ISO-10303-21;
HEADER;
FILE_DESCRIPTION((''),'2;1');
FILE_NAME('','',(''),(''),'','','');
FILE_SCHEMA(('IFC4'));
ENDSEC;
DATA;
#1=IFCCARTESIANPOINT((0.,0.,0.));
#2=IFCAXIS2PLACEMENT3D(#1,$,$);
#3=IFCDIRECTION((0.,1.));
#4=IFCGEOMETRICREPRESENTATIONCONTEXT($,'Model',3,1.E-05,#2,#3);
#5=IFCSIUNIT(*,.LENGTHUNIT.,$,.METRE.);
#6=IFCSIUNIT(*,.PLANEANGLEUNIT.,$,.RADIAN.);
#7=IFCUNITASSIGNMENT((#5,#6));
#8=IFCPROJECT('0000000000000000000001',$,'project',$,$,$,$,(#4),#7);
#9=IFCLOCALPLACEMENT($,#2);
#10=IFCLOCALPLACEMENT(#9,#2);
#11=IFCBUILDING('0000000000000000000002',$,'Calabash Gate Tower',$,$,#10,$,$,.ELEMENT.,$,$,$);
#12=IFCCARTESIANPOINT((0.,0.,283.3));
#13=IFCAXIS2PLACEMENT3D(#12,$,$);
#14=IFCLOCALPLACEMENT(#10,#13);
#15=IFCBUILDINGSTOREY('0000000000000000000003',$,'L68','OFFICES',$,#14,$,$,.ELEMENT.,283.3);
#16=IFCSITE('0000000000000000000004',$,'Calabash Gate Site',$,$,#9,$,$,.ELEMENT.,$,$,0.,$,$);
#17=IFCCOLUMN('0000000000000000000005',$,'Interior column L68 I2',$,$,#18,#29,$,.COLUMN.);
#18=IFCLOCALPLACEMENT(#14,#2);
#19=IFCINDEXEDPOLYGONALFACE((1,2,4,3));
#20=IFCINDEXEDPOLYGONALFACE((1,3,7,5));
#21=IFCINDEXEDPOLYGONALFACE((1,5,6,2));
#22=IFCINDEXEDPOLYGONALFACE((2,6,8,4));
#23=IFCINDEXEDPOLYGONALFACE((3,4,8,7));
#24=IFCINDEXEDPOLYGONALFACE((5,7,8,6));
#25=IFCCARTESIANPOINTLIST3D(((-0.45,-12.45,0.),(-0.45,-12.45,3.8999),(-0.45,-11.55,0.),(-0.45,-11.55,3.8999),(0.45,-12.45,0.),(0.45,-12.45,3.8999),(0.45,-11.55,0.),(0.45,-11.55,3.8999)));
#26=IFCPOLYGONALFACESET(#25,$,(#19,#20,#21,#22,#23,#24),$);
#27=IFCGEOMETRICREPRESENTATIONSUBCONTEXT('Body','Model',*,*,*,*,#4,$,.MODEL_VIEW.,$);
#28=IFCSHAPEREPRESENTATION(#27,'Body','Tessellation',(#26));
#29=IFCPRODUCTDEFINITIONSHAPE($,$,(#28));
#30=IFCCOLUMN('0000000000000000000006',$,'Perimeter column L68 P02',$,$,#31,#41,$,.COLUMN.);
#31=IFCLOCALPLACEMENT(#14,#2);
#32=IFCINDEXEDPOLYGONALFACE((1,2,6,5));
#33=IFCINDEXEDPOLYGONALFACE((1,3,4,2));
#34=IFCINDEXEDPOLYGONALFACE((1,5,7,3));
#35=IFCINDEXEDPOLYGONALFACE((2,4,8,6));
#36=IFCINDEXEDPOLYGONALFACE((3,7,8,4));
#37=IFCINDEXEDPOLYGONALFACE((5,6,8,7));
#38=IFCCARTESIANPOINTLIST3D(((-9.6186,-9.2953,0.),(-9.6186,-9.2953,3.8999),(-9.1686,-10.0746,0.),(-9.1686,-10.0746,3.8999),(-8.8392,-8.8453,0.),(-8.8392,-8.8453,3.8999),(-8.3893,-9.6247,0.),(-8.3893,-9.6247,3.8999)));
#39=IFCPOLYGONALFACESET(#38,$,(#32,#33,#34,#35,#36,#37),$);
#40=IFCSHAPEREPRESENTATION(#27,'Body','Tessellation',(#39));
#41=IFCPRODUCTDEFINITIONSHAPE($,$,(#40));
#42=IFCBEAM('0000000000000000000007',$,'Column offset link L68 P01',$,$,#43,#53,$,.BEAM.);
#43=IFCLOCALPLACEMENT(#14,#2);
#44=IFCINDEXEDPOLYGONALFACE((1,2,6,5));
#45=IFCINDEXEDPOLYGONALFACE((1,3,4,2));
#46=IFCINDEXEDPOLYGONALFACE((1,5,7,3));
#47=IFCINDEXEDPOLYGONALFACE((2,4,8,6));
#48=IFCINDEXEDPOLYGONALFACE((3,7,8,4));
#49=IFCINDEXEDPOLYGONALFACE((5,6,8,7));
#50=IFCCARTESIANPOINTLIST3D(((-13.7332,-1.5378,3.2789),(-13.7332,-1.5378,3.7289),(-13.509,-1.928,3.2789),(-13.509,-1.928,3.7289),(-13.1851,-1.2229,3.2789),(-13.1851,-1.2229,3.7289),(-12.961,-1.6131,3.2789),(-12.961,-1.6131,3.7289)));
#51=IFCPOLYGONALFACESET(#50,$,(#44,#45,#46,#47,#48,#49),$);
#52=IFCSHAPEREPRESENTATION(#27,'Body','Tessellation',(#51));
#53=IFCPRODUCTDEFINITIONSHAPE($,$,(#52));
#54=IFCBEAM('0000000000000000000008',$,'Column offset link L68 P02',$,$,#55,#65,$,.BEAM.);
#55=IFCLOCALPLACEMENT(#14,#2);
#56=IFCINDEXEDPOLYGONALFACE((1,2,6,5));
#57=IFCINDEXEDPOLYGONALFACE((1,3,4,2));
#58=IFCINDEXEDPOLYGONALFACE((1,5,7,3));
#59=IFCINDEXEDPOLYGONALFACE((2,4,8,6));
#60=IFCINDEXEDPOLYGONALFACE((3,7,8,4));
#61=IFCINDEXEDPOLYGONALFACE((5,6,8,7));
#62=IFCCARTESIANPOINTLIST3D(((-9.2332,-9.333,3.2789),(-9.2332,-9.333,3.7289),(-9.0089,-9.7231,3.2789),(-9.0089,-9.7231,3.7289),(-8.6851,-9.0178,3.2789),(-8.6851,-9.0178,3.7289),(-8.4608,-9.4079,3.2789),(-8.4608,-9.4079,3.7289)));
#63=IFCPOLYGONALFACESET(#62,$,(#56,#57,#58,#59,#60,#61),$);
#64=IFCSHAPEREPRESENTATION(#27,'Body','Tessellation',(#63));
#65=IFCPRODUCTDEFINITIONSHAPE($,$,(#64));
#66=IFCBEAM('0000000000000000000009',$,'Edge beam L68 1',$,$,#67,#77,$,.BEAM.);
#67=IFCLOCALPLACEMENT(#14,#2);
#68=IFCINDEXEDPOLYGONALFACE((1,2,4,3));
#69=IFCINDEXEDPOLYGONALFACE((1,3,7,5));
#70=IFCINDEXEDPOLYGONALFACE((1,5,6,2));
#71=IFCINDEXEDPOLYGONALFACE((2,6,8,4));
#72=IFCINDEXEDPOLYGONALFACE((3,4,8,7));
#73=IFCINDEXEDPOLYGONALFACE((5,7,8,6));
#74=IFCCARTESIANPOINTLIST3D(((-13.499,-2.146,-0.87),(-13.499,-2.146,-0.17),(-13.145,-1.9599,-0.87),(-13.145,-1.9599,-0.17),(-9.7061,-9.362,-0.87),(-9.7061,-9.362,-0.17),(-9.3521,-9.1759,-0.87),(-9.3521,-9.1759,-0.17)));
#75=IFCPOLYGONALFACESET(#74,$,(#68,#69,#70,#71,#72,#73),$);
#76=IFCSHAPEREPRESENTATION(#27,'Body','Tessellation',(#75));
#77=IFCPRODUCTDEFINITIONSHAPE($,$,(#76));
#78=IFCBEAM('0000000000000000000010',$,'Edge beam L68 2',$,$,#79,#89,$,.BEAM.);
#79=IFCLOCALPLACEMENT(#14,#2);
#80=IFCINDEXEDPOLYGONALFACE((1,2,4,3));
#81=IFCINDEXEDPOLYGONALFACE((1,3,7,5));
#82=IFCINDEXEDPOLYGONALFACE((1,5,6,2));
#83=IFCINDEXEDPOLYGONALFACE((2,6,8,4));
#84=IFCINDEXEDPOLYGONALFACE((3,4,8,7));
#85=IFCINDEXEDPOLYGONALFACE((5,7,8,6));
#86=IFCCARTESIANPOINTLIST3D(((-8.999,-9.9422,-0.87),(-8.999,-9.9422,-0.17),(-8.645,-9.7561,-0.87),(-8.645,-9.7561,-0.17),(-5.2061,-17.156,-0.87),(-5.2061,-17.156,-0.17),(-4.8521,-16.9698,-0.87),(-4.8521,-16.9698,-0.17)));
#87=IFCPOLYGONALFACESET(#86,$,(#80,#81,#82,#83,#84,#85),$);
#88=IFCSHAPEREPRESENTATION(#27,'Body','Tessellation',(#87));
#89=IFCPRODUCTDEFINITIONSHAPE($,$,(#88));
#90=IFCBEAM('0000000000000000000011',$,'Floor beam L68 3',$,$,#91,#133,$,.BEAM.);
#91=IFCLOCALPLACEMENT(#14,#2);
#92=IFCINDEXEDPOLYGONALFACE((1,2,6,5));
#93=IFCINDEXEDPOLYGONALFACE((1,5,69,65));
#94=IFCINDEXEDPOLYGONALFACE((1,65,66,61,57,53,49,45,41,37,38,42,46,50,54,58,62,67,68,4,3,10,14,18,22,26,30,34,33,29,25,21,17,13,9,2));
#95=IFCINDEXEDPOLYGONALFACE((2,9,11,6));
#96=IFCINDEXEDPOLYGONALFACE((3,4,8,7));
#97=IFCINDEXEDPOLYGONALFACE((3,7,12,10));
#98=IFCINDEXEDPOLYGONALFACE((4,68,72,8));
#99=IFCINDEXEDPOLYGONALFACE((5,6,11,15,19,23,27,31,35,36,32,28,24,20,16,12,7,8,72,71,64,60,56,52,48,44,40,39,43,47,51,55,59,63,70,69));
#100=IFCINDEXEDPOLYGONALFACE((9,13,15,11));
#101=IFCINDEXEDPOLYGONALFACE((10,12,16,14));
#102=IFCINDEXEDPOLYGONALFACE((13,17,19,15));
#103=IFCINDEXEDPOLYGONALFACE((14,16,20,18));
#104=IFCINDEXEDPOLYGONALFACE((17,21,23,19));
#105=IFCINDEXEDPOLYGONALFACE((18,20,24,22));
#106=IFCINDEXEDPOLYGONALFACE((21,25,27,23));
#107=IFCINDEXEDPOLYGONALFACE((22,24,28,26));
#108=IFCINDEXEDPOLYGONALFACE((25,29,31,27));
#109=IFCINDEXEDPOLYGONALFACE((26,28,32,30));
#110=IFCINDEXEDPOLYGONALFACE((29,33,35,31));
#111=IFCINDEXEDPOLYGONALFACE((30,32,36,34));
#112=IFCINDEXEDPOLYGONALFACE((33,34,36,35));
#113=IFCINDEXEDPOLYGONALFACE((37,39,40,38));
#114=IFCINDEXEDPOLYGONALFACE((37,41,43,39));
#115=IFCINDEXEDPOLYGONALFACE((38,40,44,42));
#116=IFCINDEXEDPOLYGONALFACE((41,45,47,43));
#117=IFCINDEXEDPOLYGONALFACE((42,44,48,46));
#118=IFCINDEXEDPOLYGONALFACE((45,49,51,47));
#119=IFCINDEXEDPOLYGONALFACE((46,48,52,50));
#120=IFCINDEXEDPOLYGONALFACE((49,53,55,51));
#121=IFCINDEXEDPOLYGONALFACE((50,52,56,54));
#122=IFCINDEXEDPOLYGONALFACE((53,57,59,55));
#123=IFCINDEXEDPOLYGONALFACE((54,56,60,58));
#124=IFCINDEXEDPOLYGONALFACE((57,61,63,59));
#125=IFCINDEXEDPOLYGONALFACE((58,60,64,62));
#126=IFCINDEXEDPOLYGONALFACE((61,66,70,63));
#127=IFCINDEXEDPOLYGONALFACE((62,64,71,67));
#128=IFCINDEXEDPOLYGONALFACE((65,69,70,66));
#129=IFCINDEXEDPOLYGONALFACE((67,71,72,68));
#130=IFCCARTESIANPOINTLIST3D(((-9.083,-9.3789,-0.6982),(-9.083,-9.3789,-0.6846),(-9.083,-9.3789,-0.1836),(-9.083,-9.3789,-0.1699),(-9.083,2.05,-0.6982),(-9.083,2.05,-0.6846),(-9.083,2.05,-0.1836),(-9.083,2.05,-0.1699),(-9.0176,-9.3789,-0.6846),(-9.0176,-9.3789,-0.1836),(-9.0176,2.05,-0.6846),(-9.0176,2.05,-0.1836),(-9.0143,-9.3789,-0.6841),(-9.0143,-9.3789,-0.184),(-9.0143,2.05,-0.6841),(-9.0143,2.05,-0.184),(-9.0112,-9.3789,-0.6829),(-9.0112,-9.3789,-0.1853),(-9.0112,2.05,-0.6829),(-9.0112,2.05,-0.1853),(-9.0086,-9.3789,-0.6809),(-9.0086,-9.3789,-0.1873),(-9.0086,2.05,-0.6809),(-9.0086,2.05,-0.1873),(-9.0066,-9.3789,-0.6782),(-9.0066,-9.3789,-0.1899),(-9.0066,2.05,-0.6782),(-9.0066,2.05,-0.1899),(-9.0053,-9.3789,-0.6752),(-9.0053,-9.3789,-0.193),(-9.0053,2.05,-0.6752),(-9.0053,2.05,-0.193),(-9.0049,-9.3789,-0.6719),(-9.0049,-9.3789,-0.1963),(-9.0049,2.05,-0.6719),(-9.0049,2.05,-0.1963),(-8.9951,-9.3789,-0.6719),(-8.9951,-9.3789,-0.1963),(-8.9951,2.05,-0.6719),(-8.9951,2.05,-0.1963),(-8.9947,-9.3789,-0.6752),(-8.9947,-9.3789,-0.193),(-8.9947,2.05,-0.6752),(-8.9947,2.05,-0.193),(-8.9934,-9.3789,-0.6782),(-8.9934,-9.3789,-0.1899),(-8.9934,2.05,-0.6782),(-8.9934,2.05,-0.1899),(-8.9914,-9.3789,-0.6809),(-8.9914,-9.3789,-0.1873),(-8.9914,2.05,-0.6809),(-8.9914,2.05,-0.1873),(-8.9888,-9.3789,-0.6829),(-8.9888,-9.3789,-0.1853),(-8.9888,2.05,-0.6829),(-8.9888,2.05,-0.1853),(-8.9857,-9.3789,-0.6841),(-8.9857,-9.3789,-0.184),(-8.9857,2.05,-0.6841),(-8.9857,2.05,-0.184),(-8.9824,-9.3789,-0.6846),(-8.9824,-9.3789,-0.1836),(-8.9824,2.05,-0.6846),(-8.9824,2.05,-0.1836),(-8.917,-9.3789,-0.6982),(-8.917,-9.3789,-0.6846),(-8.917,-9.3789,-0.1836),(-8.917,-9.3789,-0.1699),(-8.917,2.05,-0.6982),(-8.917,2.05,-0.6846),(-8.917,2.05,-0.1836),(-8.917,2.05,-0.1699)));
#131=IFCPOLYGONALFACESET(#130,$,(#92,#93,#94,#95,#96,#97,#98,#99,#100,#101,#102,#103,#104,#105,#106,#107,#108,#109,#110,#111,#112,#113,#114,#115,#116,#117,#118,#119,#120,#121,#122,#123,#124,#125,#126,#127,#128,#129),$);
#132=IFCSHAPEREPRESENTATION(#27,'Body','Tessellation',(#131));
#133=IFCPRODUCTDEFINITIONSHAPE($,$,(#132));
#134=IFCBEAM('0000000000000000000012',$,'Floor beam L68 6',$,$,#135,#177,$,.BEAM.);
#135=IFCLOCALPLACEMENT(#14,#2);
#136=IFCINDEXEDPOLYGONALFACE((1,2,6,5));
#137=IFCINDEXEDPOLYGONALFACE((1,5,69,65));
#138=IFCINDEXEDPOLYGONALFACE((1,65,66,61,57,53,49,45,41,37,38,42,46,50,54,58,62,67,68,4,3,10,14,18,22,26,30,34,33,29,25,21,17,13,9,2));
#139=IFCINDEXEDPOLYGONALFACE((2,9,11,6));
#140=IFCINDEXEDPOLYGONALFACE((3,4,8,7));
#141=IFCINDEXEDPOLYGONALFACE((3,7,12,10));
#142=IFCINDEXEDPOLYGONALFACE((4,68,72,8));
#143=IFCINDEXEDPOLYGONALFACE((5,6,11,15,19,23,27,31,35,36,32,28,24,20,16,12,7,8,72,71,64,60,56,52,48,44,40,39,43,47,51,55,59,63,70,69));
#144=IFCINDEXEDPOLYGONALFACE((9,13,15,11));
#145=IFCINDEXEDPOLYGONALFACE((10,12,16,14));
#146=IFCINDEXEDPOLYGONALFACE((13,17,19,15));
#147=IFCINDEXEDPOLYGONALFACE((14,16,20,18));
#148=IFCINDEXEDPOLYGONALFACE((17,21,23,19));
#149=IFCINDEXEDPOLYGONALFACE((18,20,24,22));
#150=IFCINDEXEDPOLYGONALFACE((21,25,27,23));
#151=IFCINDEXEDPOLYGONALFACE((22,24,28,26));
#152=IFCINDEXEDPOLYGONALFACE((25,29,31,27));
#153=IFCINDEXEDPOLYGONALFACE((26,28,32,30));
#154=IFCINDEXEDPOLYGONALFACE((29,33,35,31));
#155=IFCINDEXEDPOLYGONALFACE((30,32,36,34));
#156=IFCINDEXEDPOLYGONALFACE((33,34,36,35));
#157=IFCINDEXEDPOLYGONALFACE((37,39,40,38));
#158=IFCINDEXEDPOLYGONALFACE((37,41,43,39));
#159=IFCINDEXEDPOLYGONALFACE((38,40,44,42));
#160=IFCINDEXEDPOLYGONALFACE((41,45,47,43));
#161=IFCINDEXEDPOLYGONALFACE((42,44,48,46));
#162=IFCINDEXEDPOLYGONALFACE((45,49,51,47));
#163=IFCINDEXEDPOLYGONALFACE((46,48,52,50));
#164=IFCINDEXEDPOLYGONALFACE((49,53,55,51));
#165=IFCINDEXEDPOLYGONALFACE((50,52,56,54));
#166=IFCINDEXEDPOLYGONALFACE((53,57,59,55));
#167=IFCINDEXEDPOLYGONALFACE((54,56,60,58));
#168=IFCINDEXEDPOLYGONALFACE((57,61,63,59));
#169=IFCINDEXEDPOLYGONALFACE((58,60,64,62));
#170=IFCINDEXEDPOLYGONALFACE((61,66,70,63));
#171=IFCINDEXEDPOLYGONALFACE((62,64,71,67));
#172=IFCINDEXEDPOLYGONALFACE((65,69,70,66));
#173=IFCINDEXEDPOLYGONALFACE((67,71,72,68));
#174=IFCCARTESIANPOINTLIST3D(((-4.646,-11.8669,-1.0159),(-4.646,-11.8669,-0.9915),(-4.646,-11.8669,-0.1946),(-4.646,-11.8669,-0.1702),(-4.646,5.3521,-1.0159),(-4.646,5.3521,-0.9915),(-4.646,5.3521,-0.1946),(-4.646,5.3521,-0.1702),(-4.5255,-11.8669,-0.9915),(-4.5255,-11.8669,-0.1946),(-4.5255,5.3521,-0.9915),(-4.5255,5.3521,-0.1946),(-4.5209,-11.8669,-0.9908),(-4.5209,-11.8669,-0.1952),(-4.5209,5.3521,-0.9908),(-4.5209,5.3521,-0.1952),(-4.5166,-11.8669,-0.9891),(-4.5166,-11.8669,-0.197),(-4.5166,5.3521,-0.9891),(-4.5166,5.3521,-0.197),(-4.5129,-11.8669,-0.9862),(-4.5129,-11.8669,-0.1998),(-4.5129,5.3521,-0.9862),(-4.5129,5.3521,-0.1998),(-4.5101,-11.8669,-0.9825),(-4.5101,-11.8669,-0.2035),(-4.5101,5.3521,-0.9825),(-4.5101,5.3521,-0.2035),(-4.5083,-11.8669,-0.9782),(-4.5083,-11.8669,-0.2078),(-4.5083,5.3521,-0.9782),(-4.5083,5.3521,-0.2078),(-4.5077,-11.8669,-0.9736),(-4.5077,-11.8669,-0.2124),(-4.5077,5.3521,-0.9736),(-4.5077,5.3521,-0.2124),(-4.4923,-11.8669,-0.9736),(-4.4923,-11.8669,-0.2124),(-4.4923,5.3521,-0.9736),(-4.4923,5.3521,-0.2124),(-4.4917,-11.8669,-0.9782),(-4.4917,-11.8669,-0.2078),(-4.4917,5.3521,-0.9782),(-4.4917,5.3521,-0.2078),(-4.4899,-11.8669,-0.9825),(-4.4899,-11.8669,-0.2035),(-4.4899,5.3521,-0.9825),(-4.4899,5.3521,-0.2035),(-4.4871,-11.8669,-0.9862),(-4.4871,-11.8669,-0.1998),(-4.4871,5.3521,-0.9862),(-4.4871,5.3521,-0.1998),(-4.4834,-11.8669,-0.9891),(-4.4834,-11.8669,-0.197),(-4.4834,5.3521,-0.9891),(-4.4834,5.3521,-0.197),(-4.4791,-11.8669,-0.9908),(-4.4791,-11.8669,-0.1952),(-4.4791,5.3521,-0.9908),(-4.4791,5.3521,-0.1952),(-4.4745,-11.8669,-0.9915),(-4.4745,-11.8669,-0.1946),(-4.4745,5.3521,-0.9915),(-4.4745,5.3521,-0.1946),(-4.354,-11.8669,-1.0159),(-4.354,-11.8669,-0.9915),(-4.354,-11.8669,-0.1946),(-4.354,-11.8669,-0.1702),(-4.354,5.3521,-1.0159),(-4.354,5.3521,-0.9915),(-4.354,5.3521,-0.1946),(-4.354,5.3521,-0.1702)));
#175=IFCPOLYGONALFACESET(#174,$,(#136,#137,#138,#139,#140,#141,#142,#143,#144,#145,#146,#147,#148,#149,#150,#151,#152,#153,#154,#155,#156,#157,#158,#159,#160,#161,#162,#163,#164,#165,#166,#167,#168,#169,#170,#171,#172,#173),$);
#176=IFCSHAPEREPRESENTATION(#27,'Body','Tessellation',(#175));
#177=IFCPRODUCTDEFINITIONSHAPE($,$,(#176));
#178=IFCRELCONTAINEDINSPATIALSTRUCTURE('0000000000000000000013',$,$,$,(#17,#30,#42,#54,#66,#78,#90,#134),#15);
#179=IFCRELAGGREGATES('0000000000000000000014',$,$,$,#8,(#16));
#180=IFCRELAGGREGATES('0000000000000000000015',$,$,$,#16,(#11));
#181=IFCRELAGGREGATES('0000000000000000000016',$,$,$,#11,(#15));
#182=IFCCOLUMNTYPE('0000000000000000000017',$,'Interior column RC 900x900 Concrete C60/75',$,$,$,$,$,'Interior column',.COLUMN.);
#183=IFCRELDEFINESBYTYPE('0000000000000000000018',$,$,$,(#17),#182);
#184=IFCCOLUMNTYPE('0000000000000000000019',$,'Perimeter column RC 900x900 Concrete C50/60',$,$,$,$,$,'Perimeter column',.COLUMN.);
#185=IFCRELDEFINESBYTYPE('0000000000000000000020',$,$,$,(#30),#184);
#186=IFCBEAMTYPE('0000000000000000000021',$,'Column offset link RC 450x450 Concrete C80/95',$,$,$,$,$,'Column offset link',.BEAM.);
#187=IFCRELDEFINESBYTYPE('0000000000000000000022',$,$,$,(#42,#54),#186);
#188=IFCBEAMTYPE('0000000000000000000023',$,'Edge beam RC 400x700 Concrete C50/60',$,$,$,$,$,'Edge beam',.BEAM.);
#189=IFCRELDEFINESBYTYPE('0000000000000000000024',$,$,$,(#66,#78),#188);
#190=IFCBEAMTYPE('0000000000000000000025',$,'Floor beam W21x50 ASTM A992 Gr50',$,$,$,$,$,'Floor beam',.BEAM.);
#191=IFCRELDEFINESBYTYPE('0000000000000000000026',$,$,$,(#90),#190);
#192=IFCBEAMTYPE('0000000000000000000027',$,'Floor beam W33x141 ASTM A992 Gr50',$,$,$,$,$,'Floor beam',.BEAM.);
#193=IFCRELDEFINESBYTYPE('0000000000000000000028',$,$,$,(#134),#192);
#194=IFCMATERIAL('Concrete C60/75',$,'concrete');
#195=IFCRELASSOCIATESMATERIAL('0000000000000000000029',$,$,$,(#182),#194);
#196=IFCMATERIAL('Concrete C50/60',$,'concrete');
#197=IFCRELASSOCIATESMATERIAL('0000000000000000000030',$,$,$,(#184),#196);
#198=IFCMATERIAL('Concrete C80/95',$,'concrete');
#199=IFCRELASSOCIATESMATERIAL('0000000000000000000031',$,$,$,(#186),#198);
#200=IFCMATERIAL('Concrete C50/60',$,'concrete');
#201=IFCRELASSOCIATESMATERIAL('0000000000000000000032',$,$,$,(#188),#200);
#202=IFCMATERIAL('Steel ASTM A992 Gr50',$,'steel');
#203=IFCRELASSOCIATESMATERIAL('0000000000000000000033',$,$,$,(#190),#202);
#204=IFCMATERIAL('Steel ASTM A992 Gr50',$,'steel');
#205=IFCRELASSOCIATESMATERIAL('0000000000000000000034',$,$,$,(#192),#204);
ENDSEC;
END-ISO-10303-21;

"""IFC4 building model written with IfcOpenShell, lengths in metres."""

from ifc_helpers import new_model, si_unit, direction, frame, origin, origin_2d, place, context, subcontext, project, spatial, rectangle, i_section, extrude, material, material_profile, profile_set, type_object, element, save


model = new_model("IFC4")

# Units and contexts
model_context = context("Model", 3, precision=1e-05, world=origin(), true_north=direction((0.0, 1.0)))
body_context = subcontext(model_context, "Body", "Model", "MODEL_VIEW")
ifc_project = project(units=[si_unit("LENGTHUNIT", "METRE"), si_unit("PLANEANGLEUNIT", "RADIAN")], contexts=[model_context])

# Site, building, storey
site_placement = place(None, origin())
site = spatial("IfcSite", under=ifc_project, at=site_placement, Name="Calabash Gate Site", CompositionType="ELEMENT", RefElevation=0.0)
building_placement = place(site_placement, origin())
building = spatial("IfcBuilding", under=site, at=building_placement, Name="Calabash Gate Tower", CompositionType="ELEMENT")
storey_placement = place(building_placement, frame((0.0, 0.0, 283.3)))
storey = spatial("IfcBuildingStorey", under=building, at=storey_placement, Name="L68", Description="OFFICES", CompositionType="ELEMENT", Elevation=283.3)

# Columns
ifc_material_1 = material(Name="Concrete C60/75", Category="concrete")
ifc_material_profile_1 = material_profile(ifc_material_1, rectangle(XDim=0.8999, YDim=0.8999, at=origin_2d()))
ifc_profile_set_1 = profile_set([ifc_material_profile_1], Name="Concrete C60/75")
column_type_1 = type_object("IfcColumnType", Name="Interior column RC 900x900 Concrete C60/75", ElementType="Interior column", PredefinedType="COLUMN", material=ifc_profile_set_1)
column_1_placement = place(storey_placement, frame((0.0, -12.0, 0.0), z_axis=(0.0, 0.0, 1.0), x_axis=(1.0, 0.0, 0.0)))
element("IfcColumn", 1, at=column_1_placement, inside=storey, type_object=column_type_1, Name="Interior column L68 I2", PredefinedType="COLUMN", context=body_context, shape_type="SweptSolid", body=[
    extrude(rectangle(XDim=0.8999, YDim=0.8999, at=origin_2d()), origin(), (0.0, 0.0, 1.0), 3.8999),
])
ifc_material_2 = material(Name="Concrete C50/60", Category="concrete")
ifc_material_profile_2 = material_profile(ifc_material_2, rectangle(XDim=0.8999, YDim=0.8999, at=origin_2d()))
ifc_profile_set_2 = profile_set([ifc_material_profile_2], Name="Concrete C50/60")
column_type_2 = type_object("IfcColumnType", Name="Perimeter column RC 900x900 Concrete C50/60", ElementType="Perimeter column", PredefinedType="COLUMN", material=ifc_profile_set_2)
column_2_placement = place(storey_placement, frame((-9.0039, -9.46, 0.0), z_axis=(0.0, 0.0, 1.0), x_axis=(0.5, -0.866025, 0.0)))
element("IfcColumn", 2, at=column_2_placement, inside=storey, type_object=column_type_2, Name="Perimeter column L68 P02", PredefinedType="COLUMN", context=body_context, shape_type="SweptSolid", body=[
    extrude(rectangle(XDim=0.8999, YDim=0.8999, at=origin_2d()), origin(), (0.0, 0.0, 1.0), 3.8999),
])

# Beams
ifc_material_3 = material(Name="Concrete C80/95", Category="concrete")
ifc_material_profile_3 = material_profile(ifc_material_3, rectangle(XDim=0.45, YDim=0.45, at=origin_2d()))
ifc_profile_set_3 = profile_set([ifc_material_profile_3], Name="Concrete C80/95")
beam_type_1 = type_object("IfcBeamType", Name="Column offset link RC 450x450 Concrete C80/95", ElementType="Column offset link", PredefinedType="BEAM", material=ifc_profile_set_3)
beam_1_placement = place(storey_placement, frame((-13.6211, -1.7329, 3.5039), z_axis=(0.867052, 0.498217, 0.0), x_axis=(-0.498217, 0.867052, 0.0)))
element("IfcBeam", 3, at=beam_1_placement, inside=storey, type_object=beam_type_1, Name="Column offset link L68 P01", PredefinedType="BEAM", context=body_context, shape_type="SweptSolid", body=[
    extrude(rectangle(XDim=0.45, YDim=0.45, at=origin_2d()), origin(), (0.0, 0.0, 1.0), 0.6321),
])
beam_2_placement = place(storey_placement, frame((-9.1211, -9.5281, 3.5039), z_axis=(0.866885, 0.498507, 0.0), x_axis=(-0.498507, 0.866885, 0.0)))
element("IfcBeam", 4, at=beam_2_placement, inside=storey, type_object=beam_type_1, Name="Column offset link L68 P02", PredefinedType="BEAM", context=body_context, shape_type="SweptSolid", body=[
    extrude(rectangle(XDim=0.45, YDim=0.45, at=origin_2d()), origin(), (0.0, 0.0, 1.0), 0.6323),
])
ifc_material_4 = material(Name="Concrete C50/60", Category="concrete")
ifc_material_profile_4 = material_profile(ifc_material_4, rectangle(XDim=0.3999, YDim=0.7, at=origin_2d()))
ifc_profile_set_4 = profile_set([ifc_material_profile_4], Name="Concrete C50/60")
beam_type_2 = type_object("IfcBeamType", Name="Edge beam RC 400x700 Concrete C50/60", ElementType="Edge beam", PredefinedType="BEAM", material=ifc_profile_set_4)
beam_3_placement = place(storey_placement, frame((-13.322, -2.053, -0.52), z_axis=(0.46527, -0.885169, 0.0), x_axis=(0.885169, 0.46527, 0.0)))
element("IfcBeam", 5, at=beam_3_placement, inside=storey, type_object=beam_type_2, Name="Edge beam L68 1", PredefinedType="BEAM", context=body_context, shape_type="SweptSolid", body=[
    extrude(rectangle(XDim=0.3999, YDim=0.7, at=origin_2d()), origin(), (0.0, 0.0, 1.0), 8.1521),
])
beam_4_placement = place(storey_placement, frame((-8.822, -9.8491, -0.52), z_axis=(0.465381, -0.88511, 0.0), x_axis=(0.88511, 0.465381, 0.0)))
element("IfcBeam", 6, at=beam_4_placement, inside=storey, type_object=beam_type_2, Name="Edge beam L68 2", PredefinedType="BEAM", context=body_context, shape_type="SweptSolid", body=[
    extrude(rectangle(XDim=0.3999, YDim=0.7, at=origin_2d()), origin(), (0.0, 0.0, 1.0), 8.1501),
])
ifc_material_5 = material(Name="Steel ASTM A992 Gr50", Category="steel")
ifc_material_profile_5 = material_profile(ifc_material_5, i_section(OverallWidth=0.166, OverallDepth=0.5283, WebThickness=0.0098, FlangeThickness=0.0137, FilletRadius=0.0127, at=origin_2d()))
ifc_profile_set_5 = profile_set([ifc_material_profile_5], Name="Steel ASTM A992 Gr50")
beam_type_3 = type_object("IfcBeamType", Name="Floor beam W21x50 ASTM A992 Gr50", ElementType="Floor beam", PredefinedType="BEAM", material=ifc_profile_set_5)
beam_5_placement = place(storey_placement, frame((-9.0, -9.3789, -0.4341), z_axis=(0.0, 1.0, 0.0), x_axis=(-1.0, 0.0, 0.0)))
element("IfcBeam", 7, at=beam_5_placement, inside=storey, type_object=beam_type_3, Name="Floor beam L68 3", PredefinedType="BEAM", context=body_context, shape_type="SweptSolid", body=[
    extrude(i_section(OverallWidth=0.166, OverallDepth=0.5283, WebThickness=0.0098, FlangeThickness=0.0137, FilletRadius=0.0127, at=origin_2d()), origin(), (0.0, 0.0, 1.0), 11.429),
])
ifc_material_6 = material(Name="Steel ASTM A992 Gr50", Category="steel")
ifc_material_profile_6 = material_profile(ifc_material_6, i_section(OverallWidth=0.292, OverallDepth=0.8457, WebThickness=0.0154, FlangeThickness=0.0244, FilletRadius=0.0178, at=origin_2d()))
ifc_profile_set_6 = profile_set([ifc_material_profile_6], Name="Steel ASTM A992 Gr50")
beam_type_4 = type_object("IfcBeamType", Name="Floor beam W33x141 ASTM A992 Gr50", ElementType="Floor beam", PredefinedType="BEAM", material=ifc_profile_set_6)
beam_6_placement = place(storey_placement, frame((-4.5, -11.8669, -0.593), z_axis=(0.0, 1.0, 0.0), x_axis=(-1.0, 0.0, 0.0)))
element("IfcBeam", 8, at=beam_6_placement, inside=storey, type_object=beam_type_4, Name="Floor beam L68 6", PredefinedType="BEAM", context=body_context, shape_type="SweptSolid", body=[
    extrude(i_section(OverallWidth=0.292, OverallDepth=0.8457, WebThickness=0.0154, FlangeThickness=0.0244, FilletRadius=0.0178, at=origin_2d()), origin(), (0.0, 0.0, 1.0), 17.219),
])

save(model, "model.ifc")
